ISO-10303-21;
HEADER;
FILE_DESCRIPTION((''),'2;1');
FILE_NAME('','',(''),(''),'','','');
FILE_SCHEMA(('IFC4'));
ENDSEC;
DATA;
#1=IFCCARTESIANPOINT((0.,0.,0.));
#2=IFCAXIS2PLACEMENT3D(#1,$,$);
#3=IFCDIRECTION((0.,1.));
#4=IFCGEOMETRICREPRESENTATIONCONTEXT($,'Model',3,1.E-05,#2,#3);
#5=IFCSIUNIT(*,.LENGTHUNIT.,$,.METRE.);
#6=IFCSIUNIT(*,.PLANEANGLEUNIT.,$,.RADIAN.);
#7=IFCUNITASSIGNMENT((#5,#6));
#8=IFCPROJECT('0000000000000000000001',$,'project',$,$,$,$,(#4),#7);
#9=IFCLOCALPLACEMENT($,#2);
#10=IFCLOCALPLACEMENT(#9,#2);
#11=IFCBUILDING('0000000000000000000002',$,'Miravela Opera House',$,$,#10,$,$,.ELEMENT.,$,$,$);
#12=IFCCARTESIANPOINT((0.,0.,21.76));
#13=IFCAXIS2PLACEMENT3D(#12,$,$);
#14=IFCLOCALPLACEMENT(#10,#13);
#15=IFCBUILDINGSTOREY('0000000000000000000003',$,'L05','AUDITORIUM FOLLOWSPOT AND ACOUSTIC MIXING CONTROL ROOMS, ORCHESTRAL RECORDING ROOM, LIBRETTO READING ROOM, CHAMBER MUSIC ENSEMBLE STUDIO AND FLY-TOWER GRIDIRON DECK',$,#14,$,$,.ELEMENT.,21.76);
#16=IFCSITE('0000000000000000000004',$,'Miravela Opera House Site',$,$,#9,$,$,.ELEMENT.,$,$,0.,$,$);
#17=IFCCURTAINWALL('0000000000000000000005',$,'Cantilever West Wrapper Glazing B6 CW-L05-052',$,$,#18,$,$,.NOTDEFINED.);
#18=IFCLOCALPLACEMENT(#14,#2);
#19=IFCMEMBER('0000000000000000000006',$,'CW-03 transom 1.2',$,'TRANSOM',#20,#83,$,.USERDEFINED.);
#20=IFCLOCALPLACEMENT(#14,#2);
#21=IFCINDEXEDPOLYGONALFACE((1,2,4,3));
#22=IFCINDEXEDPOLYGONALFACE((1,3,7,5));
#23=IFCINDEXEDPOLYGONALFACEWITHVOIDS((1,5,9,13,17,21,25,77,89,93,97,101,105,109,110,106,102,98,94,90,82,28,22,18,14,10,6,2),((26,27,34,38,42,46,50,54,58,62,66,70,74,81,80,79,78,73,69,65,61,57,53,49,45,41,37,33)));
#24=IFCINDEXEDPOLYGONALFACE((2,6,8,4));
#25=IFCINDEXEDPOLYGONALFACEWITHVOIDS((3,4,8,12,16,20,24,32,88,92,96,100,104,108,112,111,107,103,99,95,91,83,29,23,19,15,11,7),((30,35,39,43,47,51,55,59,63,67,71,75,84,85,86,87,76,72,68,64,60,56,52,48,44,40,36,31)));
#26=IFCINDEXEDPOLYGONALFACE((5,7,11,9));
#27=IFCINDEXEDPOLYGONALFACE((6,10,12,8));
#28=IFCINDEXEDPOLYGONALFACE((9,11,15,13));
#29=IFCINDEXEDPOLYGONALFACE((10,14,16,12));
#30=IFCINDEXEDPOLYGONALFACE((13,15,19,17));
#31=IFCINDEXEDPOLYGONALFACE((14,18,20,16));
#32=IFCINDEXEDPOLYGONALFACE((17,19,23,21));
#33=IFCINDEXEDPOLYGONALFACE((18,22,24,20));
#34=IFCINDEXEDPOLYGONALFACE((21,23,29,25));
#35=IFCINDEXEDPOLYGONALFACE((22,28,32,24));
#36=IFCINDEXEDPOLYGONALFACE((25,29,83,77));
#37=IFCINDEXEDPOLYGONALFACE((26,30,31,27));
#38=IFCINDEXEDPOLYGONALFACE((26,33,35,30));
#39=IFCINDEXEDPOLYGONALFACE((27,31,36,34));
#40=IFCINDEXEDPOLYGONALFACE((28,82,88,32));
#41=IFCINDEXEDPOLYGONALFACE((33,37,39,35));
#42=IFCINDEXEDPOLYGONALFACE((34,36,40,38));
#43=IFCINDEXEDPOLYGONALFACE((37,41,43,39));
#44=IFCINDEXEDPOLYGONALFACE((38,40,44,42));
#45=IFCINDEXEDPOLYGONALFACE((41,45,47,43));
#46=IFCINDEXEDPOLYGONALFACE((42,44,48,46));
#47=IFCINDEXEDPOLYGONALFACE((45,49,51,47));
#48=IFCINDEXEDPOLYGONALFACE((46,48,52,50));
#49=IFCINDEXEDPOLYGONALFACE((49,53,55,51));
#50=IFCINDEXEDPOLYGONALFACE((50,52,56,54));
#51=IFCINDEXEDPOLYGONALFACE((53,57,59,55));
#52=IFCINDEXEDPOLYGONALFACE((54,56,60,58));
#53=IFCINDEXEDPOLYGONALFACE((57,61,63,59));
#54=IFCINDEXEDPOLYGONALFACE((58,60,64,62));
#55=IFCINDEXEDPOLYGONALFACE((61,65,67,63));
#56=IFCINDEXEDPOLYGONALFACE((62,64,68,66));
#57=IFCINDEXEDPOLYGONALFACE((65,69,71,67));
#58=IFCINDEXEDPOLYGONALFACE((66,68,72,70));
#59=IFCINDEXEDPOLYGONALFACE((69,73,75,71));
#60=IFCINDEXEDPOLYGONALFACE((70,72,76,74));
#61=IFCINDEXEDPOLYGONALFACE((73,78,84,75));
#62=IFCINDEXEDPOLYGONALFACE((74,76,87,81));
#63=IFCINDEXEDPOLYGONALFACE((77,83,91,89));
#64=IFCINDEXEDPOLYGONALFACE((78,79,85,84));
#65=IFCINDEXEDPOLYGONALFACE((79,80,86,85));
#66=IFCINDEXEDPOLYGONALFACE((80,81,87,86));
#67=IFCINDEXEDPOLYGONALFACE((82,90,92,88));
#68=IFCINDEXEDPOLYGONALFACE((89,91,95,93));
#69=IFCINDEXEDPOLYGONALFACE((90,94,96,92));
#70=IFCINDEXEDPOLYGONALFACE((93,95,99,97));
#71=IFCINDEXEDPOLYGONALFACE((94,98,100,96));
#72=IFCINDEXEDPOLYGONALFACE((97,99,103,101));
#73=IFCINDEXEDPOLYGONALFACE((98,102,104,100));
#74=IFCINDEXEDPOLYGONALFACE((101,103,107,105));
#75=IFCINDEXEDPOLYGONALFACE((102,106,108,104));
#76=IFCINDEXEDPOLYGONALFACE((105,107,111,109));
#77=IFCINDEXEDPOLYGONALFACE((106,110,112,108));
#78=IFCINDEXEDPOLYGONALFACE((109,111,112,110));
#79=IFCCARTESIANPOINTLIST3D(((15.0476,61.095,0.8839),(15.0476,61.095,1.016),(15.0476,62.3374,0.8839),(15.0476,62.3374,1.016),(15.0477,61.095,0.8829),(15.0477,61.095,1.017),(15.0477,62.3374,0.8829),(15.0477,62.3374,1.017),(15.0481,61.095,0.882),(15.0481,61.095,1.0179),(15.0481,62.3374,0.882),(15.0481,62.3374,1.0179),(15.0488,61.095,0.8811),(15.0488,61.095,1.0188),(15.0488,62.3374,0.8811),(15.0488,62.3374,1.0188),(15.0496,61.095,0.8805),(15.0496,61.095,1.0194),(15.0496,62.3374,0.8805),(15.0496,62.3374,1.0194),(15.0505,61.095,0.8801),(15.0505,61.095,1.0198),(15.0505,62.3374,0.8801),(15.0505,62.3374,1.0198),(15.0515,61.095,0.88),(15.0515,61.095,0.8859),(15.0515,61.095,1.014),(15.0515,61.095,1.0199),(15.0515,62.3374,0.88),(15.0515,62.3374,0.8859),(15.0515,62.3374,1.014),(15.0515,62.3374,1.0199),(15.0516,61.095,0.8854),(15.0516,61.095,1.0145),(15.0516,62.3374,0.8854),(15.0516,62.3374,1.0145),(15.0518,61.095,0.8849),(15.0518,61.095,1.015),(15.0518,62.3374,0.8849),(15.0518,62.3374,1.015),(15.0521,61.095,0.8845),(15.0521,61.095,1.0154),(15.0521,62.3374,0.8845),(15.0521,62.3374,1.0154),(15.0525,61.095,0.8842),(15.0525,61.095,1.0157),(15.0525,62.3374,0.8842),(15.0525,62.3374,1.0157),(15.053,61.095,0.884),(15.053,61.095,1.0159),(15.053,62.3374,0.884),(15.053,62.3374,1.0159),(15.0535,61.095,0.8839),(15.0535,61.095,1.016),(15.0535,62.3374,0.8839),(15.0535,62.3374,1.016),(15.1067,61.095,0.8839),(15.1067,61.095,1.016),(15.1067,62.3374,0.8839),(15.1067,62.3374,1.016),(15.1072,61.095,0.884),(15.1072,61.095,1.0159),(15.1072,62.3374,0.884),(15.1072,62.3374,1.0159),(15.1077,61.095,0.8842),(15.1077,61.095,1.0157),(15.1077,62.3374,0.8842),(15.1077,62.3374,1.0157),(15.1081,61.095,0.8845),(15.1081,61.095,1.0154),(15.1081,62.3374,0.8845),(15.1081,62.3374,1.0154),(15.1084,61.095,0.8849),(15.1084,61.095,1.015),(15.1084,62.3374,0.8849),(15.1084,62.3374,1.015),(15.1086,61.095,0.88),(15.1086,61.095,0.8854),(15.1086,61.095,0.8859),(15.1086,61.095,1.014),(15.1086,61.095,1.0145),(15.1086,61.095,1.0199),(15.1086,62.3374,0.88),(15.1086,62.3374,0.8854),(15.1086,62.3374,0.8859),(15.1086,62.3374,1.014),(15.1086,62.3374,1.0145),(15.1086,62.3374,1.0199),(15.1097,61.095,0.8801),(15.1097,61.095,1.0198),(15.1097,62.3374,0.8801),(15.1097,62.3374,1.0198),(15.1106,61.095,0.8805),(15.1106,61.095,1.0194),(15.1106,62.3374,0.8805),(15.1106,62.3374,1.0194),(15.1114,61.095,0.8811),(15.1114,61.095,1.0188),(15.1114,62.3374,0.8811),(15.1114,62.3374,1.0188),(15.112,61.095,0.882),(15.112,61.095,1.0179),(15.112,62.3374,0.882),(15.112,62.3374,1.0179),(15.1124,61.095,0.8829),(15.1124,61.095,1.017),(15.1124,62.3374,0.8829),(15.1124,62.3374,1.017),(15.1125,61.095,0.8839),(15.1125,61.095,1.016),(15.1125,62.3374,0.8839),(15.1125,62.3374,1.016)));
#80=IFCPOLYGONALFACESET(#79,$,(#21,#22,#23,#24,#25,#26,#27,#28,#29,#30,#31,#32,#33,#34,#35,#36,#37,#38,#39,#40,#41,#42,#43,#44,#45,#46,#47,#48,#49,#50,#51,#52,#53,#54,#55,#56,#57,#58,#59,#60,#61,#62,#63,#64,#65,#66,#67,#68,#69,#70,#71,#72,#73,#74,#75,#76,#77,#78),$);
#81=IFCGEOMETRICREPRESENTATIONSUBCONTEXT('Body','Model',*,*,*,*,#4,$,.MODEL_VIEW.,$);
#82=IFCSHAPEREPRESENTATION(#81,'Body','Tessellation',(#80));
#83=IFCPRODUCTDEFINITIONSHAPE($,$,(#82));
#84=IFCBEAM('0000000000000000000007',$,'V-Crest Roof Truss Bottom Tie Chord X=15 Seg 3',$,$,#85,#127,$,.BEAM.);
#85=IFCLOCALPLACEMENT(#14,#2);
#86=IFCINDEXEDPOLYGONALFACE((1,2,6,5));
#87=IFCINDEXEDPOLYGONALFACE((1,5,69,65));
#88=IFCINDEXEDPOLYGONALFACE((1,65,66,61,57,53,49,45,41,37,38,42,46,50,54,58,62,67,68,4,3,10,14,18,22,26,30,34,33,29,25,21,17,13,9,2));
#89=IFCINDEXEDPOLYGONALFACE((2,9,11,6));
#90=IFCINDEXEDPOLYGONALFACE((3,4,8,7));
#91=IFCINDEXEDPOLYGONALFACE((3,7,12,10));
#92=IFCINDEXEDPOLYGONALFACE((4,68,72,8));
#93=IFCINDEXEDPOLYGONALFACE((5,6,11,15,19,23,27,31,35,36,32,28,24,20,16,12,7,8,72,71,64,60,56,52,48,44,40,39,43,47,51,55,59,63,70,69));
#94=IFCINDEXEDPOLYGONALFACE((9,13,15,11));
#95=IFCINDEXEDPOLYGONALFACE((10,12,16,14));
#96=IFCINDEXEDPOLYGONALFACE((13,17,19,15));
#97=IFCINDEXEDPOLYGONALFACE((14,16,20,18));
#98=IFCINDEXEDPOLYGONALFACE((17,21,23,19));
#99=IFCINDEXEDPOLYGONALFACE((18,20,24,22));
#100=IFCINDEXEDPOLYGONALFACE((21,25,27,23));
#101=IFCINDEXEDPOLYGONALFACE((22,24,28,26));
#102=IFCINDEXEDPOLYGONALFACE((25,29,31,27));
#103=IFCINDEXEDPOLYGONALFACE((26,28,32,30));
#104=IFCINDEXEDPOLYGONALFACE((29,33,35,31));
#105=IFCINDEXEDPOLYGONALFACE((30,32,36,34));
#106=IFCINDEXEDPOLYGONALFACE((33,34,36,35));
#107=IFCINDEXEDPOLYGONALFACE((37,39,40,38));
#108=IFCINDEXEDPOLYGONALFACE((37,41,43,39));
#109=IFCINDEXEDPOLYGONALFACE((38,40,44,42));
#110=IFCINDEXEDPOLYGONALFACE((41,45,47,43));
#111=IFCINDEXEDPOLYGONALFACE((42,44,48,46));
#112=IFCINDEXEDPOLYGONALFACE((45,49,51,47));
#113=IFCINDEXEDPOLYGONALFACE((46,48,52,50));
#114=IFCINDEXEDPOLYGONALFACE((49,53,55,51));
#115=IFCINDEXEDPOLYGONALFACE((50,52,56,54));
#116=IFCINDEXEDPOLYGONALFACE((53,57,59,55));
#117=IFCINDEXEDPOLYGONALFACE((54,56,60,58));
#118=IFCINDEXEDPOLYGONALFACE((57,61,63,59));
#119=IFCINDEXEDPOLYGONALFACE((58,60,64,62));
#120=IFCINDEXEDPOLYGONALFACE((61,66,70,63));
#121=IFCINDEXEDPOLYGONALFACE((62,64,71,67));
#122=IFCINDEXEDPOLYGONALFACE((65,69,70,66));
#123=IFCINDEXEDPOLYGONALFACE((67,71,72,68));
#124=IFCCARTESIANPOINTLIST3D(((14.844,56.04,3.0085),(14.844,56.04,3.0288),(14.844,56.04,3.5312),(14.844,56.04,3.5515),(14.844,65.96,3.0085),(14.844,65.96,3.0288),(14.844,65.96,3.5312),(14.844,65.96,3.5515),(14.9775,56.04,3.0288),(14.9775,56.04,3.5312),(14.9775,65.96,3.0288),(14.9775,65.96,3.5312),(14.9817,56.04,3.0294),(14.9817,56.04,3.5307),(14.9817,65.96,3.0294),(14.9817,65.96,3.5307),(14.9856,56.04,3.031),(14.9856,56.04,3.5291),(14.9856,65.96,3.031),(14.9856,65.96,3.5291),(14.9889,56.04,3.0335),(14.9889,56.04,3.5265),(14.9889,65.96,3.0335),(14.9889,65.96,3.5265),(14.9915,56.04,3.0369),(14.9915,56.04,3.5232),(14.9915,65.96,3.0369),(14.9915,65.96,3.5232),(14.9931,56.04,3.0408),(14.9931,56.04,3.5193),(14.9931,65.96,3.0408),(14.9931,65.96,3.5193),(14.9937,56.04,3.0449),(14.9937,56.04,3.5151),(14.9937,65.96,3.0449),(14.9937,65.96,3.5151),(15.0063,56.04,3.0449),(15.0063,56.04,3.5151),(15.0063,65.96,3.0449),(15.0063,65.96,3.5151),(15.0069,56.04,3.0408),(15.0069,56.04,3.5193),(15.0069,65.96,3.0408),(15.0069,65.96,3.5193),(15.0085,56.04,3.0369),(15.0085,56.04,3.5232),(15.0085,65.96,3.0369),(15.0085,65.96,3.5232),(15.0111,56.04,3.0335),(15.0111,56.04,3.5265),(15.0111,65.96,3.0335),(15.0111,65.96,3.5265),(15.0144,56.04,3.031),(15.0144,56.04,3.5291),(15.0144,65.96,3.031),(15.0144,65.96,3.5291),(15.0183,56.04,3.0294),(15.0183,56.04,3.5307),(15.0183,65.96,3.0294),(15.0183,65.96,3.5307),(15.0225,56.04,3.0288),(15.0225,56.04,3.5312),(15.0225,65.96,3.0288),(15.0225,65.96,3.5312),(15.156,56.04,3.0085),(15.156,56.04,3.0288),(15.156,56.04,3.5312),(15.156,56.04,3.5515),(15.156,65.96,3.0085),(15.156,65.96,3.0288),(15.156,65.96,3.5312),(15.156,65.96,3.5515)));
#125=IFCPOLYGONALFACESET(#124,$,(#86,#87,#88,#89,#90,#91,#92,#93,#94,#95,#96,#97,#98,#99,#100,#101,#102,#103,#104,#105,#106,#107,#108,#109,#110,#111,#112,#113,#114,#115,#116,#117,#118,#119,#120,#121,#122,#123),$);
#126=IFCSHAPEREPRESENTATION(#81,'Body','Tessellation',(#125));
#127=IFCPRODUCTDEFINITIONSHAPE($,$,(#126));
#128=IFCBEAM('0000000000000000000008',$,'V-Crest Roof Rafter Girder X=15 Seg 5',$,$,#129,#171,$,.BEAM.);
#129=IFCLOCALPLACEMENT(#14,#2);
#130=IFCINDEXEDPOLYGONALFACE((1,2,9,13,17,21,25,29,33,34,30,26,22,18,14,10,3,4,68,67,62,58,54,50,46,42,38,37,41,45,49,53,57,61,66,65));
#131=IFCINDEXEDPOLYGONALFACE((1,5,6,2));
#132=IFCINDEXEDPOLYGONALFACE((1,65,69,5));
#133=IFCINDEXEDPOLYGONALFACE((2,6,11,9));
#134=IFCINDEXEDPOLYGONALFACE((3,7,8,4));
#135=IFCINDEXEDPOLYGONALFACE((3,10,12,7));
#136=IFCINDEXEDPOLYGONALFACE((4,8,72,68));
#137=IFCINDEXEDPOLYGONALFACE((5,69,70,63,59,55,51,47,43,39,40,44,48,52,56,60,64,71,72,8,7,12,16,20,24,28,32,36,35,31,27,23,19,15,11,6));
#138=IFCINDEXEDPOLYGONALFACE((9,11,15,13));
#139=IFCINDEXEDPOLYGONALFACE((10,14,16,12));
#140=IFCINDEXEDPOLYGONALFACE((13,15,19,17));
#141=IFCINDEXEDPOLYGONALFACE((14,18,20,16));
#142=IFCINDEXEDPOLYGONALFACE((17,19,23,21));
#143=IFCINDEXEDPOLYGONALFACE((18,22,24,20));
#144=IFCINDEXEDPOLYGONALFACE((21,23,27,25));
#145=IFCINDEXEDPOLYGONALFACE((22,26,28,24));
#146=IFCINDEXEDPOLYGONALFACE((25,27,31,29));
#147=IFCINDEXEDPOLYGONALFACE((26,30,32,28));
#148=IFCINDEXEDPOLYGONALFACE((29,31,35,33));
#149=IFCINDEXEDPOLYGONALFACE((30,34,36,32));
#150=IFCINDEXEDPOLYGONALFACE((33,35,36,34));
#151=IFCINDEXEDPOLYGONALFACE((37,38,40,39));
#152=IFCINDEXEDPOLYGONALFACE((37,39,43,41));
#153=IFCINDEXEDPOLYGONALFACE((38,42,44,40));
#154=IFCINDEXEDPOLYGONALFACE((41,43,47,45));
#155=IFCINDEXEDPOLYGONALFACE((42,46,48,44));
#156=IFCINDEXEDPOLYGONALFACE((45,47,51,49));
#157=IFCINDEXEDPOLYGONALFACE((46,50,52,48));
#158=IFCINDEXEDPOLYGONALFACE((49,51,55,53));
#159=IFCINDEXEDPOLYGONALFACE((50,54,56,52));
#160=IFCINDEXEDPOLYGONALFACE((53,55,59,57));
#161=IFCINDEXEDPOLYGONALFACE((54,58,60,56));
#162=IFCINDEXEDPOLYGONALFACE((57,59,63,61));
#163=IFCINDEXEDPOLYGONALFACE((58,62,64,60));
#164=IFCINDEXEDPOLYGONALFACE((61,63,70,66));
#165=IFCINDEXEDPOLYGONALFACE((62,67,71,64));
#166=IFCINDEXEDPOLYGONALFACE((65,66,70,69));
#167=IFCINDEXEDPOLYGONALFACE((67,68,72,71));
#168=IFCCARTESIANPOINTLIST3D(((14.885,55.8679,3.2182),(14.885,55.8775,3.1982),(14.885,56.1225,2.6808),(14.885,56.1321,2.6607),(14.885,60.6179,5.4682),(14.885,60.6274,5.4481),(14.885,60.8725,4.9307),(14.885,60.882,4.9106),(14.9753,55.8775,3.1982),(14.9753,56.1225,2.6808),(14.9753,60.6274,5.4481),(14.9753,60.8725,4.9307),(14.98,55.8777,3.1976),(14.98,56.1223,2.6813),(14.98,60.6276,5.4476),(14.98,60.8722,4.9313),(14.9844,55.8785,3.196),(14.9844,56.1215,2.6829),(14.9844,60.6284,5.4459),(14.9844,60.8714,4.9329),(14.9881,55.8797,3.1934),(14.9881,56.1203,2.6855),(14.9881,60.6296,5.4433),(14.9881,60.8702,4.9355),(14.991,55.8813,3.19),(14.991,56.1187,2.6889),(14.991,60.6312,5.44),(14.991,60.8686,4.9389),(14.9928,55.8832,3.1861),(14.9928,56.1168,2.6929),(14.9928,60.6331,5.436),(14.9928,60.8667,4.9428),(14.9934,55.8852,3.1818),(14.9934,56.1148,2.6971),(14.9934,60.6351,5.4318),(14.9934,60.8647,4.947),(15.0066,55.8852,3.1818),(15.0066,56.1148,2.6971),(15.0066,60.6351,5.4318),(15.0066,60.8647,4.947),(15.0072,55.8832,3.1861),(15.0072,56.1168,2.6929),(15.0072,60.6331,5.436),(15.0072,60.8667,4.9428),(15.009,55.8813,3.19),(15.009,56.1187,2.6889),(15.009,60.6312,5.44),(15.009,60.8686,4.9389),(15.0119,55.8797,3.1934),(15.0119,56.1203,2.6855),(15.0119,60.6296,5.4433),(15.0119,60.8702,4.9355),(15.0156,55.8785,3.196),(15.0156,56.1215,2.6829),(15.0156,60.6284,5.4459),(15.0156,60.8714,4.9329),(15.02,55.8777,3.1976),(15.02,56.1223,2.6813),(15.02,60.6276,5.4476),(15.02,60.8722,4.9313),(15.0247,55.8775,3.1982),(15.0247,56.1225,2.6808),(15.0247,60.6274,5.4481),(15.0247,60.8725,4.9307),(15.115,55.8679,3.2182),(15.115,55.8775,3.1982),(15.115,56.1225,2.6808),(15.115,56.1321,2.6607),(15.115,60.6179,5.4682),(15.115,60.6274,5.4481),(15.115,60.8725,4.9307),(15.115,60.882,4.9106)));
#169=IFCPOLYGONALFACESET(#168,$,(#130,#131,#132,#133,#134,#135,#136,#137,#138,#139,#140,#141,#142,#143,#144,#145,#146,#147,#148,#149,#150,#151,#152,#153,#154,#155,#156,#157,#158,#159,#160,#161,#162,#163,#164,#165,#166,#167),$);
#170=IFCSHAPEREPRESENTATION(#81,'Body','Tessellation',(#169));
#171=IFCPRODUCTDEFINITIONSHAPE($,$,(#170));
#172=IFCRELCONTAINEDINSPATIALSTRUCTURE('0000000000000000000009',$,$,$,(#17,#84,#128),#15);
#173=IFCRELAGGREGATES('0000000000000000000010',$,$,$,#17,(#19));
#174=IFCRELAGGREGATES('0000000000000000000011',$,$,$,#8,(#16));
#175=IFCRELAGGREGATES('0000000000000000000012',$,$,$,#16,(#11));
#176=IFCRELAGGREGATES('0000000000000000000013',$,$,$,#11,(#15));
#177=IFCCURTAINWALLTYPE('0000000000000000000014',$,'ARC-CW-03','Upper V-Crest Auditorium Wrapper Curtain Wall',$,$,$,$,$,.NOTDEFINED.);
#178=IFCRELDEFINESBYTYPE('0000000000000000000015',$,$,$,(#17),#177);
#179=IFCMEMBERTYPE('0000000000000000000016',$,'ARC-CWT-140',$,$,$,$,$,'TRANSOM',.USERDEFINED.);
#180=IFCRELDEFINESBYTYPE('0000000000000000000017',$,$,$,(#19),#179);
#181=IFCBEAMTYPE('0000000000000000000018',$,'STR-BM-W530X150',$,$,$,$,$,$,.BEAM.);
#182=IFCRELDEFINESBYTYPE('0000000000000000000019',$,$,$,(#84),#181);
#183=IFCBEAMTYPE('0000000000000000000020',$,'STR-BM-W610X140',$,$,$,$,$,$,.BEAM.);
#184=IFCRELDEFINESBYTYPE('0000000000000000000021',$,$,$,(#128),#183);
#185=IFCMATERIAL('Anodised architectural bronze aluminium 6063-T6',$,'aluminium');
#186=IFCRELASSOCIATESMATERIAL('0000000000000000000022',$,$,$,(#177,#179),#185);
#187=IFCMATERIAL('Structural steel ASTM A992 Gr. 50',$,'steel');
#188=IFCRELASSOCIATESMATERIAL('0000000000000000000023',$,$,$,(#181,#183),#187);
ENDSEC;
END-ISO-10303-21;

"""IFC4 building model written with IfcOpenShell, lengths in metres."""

from ifc_helpers import new_model, si_unit, direction, frame, origin, origin_2d, place, context, subcontext, project, spatial, hollow_rectangle, i_section, extrude, material, material_profile, profile_set, type_object, element, aggregate, save


model = new_model("IFC4")

# Units and contexts
model_context = context("Model", 3, precision=1e-05, world=origin(), true_north=direction((0.0, 1.0)))
body_context = subcontext(model_context, "Body", "Model", "MODEL_VIEW")
ifc_project = project(units=[si_unit("LENGTHUNIT", "METRE"), si_unit("PLANEANGLEUNIT", "RADIAN")], contexts=[model_context])

# Site, building, storey
site_placement = place(None, origin())
site = spatial("IfcSite", under=ifc_project, at=site_placement, Name="Miravela Opera House Site", CompositionType="ELEMENT", RefElevation=0.0)
building_placement = place(site_placement, origin())
building = spatial("IfcBuilding", under=site, at=building_placement, Name="Miravela Opera House", CompositionType="ELEMENT")
storey_placement = place(building_placement, frame((0.0, 0.0, 21.76)))
storey = spatial("IfcBuildingStorey", under=building, at=storey_placement, Name="L05", Description="AUDITORIUM FOLLOWSPOT AND ACOUSTIC MIXING CONTROL ROOMS, ORCHESTRAL RECORDING ROOM, LIBRETTO READING ROOM, CHAMBER MUSIC ENSEMBLE STUDIO AND FLY-TOWER GRIDIRON DECK", CompositionType="ELEMENT", Elevation=21.76)

# Shared definitions
ifc_material_1 = material(Name="Anodised architectural bronze aluminium 6063-T6", Category="aluminium")
curtain_wall_type = type_object("IfcCurtainWallType", Name="ARC-CW-03", Description="Upper V-Crest Auditorium Wrapper Curtain Wall", PredefinedType="NOTDEFINED", material=ifc_material_1)
ifc_material_profile_1 = material_profile(ifc_material_1, hollow_rectangle(XDim=0.0649, YDim=0.1399, WallThickness=0.0039, InnerFilletRadius=0.002, OuterFilletRadius=0.0039, at=origin_2d()), Name="CWT-65X140")
ifc_profile_set_1 = profile_set([ifc_material_profile_1])
member_type_1 = type_object("IfcMemberType", Name="ARC-CWT-140", ElementType="TRANSOM", PredefinedType="USERDEFINED", material=ifc_profile_set_1)

# Curtain wall, member
curtain_wall_1_placement = place(storey_placement, origin())
curtain_wall_1 = element("IfcCurtainWall", 1, at=curtain_wall_1_placement, inside=storey, type_object=curtain_wall_type, Name="Cantilever West Wrapper Glazing B6 CW-L05-052", PredefinedType="NOTDEFINED")
member_1_placement = place(storey_placement, frame((15.0801, 61.095, 0.95), z_axis=(0.0, 1.0, 0.0), x_axis=(-1.0, 0.0, 0.0)))
member_1 = element("IfcMember", 2, at=member_1_placement, type_object=member_type_1, Name="CW-03 transom 1.2", ObjectType="TRANSOM", PredefinedType="USERDEFINED", context=body_context, shape_type="SweptSolid", body=[
    extrude(hollow_rectangle(XDim=0.0649, YDim=0.1399, WallThickness=0.0039, InnerFilletRadius=0.002, OuterFilletRadius=0.0039, at=origin_2d()), origin(), (0.0, 0.0, 1.0), 1.2424),
])
aggregate(curtain_wall_1, [member_1])

# Beams
ifc_material_2 = material(Name="Structural steel ASTM A992 Gr. 50", Category="steel")
ifc_material_profile_2 = material_profile(ifc_material_2, i_section(OverallWidth=0.312, OverallDepth=0.543, WebThickness=0.0127, FlangeThickness=0.0203, FilletRadius=0.0161, at=origin_2d()), Name="W530X150")
ifc_profile_set_2 = profile_set([ifc_material_profile_2])
beam_type_1 = type_object("IfcBeamType", Name="STR-BM-W530X150", PredefinedType="BEAM", material=ifc_profile_set_2)
beam_placement = place(storey_placement, frame((15.0, 56.04, 3.28), z_axis=(0.0, 1.0, 0.0), x_axis=(-1.0, 0.0, 0.0)))
element("IfcBeam", 3, at=beam_placement, inside=storey, type_object=beam_type_1, Name="V-Crest Roof Truss Bottom Tie Chord X=15 Seg 3", PredefinedType="BEAM", context=body_context, shape_type="SweptSolid", body=[
    extrude(i_section(OverallWidth=0.312, OverallDepth=0.543, WebThickness=0.0127, FlangeThickness=0.0203, FilletRadius=0.0161, at=origin_2d()), origin(), (0.0, 0.0, 1.0), 9.9199),
])
ifc_material_profile_3 = material_profile(ifc_material_2, i_section(OverallWidth=0.23, OverallDepth=0.6169, WebThickness=0.0132, FlangeThickness=0.0222, FilletRadius=0.0181, at=origin_2d()), Name="W610X140")
ifc_profile_set_3 = profile_set([ifc_material_profile_3])
beam_type_2 = type_object("IfcBeamType", Name="STR-BM-W610X140", PredefinedType="BEAM", material=ifc_profile_set_3)
for number, where, z_axis, x_axis, name in (
    (4, (15.0, 56.0, 2.9395), (0.0, 0.903738, 0.428086), (-1.0, 0.0, 0.0), "V-Crest Roof Rafter Girder X=15 Seg 5"),
):
    element("IfcBeam", number, at=place(storey_placement, frame(where, z_axis=z_axis, x_axis=x_axis)), inside=storey, type_object=beam_type_2, Name=name, PredefinedType="BEAM", context=body_context, shape_type="SweptSolid", body=[
        extrude(i_section(OverallWidth=0.23, OverallDepth=0.6169, WebThickness=0.0132, FlangeThickness=0.0222, FilletRadius=0.0181, at=origin_2d()), origin(), (0.0, 0.0, 1.0), 5.2559),
    ])

save(model, "model.ifc")
